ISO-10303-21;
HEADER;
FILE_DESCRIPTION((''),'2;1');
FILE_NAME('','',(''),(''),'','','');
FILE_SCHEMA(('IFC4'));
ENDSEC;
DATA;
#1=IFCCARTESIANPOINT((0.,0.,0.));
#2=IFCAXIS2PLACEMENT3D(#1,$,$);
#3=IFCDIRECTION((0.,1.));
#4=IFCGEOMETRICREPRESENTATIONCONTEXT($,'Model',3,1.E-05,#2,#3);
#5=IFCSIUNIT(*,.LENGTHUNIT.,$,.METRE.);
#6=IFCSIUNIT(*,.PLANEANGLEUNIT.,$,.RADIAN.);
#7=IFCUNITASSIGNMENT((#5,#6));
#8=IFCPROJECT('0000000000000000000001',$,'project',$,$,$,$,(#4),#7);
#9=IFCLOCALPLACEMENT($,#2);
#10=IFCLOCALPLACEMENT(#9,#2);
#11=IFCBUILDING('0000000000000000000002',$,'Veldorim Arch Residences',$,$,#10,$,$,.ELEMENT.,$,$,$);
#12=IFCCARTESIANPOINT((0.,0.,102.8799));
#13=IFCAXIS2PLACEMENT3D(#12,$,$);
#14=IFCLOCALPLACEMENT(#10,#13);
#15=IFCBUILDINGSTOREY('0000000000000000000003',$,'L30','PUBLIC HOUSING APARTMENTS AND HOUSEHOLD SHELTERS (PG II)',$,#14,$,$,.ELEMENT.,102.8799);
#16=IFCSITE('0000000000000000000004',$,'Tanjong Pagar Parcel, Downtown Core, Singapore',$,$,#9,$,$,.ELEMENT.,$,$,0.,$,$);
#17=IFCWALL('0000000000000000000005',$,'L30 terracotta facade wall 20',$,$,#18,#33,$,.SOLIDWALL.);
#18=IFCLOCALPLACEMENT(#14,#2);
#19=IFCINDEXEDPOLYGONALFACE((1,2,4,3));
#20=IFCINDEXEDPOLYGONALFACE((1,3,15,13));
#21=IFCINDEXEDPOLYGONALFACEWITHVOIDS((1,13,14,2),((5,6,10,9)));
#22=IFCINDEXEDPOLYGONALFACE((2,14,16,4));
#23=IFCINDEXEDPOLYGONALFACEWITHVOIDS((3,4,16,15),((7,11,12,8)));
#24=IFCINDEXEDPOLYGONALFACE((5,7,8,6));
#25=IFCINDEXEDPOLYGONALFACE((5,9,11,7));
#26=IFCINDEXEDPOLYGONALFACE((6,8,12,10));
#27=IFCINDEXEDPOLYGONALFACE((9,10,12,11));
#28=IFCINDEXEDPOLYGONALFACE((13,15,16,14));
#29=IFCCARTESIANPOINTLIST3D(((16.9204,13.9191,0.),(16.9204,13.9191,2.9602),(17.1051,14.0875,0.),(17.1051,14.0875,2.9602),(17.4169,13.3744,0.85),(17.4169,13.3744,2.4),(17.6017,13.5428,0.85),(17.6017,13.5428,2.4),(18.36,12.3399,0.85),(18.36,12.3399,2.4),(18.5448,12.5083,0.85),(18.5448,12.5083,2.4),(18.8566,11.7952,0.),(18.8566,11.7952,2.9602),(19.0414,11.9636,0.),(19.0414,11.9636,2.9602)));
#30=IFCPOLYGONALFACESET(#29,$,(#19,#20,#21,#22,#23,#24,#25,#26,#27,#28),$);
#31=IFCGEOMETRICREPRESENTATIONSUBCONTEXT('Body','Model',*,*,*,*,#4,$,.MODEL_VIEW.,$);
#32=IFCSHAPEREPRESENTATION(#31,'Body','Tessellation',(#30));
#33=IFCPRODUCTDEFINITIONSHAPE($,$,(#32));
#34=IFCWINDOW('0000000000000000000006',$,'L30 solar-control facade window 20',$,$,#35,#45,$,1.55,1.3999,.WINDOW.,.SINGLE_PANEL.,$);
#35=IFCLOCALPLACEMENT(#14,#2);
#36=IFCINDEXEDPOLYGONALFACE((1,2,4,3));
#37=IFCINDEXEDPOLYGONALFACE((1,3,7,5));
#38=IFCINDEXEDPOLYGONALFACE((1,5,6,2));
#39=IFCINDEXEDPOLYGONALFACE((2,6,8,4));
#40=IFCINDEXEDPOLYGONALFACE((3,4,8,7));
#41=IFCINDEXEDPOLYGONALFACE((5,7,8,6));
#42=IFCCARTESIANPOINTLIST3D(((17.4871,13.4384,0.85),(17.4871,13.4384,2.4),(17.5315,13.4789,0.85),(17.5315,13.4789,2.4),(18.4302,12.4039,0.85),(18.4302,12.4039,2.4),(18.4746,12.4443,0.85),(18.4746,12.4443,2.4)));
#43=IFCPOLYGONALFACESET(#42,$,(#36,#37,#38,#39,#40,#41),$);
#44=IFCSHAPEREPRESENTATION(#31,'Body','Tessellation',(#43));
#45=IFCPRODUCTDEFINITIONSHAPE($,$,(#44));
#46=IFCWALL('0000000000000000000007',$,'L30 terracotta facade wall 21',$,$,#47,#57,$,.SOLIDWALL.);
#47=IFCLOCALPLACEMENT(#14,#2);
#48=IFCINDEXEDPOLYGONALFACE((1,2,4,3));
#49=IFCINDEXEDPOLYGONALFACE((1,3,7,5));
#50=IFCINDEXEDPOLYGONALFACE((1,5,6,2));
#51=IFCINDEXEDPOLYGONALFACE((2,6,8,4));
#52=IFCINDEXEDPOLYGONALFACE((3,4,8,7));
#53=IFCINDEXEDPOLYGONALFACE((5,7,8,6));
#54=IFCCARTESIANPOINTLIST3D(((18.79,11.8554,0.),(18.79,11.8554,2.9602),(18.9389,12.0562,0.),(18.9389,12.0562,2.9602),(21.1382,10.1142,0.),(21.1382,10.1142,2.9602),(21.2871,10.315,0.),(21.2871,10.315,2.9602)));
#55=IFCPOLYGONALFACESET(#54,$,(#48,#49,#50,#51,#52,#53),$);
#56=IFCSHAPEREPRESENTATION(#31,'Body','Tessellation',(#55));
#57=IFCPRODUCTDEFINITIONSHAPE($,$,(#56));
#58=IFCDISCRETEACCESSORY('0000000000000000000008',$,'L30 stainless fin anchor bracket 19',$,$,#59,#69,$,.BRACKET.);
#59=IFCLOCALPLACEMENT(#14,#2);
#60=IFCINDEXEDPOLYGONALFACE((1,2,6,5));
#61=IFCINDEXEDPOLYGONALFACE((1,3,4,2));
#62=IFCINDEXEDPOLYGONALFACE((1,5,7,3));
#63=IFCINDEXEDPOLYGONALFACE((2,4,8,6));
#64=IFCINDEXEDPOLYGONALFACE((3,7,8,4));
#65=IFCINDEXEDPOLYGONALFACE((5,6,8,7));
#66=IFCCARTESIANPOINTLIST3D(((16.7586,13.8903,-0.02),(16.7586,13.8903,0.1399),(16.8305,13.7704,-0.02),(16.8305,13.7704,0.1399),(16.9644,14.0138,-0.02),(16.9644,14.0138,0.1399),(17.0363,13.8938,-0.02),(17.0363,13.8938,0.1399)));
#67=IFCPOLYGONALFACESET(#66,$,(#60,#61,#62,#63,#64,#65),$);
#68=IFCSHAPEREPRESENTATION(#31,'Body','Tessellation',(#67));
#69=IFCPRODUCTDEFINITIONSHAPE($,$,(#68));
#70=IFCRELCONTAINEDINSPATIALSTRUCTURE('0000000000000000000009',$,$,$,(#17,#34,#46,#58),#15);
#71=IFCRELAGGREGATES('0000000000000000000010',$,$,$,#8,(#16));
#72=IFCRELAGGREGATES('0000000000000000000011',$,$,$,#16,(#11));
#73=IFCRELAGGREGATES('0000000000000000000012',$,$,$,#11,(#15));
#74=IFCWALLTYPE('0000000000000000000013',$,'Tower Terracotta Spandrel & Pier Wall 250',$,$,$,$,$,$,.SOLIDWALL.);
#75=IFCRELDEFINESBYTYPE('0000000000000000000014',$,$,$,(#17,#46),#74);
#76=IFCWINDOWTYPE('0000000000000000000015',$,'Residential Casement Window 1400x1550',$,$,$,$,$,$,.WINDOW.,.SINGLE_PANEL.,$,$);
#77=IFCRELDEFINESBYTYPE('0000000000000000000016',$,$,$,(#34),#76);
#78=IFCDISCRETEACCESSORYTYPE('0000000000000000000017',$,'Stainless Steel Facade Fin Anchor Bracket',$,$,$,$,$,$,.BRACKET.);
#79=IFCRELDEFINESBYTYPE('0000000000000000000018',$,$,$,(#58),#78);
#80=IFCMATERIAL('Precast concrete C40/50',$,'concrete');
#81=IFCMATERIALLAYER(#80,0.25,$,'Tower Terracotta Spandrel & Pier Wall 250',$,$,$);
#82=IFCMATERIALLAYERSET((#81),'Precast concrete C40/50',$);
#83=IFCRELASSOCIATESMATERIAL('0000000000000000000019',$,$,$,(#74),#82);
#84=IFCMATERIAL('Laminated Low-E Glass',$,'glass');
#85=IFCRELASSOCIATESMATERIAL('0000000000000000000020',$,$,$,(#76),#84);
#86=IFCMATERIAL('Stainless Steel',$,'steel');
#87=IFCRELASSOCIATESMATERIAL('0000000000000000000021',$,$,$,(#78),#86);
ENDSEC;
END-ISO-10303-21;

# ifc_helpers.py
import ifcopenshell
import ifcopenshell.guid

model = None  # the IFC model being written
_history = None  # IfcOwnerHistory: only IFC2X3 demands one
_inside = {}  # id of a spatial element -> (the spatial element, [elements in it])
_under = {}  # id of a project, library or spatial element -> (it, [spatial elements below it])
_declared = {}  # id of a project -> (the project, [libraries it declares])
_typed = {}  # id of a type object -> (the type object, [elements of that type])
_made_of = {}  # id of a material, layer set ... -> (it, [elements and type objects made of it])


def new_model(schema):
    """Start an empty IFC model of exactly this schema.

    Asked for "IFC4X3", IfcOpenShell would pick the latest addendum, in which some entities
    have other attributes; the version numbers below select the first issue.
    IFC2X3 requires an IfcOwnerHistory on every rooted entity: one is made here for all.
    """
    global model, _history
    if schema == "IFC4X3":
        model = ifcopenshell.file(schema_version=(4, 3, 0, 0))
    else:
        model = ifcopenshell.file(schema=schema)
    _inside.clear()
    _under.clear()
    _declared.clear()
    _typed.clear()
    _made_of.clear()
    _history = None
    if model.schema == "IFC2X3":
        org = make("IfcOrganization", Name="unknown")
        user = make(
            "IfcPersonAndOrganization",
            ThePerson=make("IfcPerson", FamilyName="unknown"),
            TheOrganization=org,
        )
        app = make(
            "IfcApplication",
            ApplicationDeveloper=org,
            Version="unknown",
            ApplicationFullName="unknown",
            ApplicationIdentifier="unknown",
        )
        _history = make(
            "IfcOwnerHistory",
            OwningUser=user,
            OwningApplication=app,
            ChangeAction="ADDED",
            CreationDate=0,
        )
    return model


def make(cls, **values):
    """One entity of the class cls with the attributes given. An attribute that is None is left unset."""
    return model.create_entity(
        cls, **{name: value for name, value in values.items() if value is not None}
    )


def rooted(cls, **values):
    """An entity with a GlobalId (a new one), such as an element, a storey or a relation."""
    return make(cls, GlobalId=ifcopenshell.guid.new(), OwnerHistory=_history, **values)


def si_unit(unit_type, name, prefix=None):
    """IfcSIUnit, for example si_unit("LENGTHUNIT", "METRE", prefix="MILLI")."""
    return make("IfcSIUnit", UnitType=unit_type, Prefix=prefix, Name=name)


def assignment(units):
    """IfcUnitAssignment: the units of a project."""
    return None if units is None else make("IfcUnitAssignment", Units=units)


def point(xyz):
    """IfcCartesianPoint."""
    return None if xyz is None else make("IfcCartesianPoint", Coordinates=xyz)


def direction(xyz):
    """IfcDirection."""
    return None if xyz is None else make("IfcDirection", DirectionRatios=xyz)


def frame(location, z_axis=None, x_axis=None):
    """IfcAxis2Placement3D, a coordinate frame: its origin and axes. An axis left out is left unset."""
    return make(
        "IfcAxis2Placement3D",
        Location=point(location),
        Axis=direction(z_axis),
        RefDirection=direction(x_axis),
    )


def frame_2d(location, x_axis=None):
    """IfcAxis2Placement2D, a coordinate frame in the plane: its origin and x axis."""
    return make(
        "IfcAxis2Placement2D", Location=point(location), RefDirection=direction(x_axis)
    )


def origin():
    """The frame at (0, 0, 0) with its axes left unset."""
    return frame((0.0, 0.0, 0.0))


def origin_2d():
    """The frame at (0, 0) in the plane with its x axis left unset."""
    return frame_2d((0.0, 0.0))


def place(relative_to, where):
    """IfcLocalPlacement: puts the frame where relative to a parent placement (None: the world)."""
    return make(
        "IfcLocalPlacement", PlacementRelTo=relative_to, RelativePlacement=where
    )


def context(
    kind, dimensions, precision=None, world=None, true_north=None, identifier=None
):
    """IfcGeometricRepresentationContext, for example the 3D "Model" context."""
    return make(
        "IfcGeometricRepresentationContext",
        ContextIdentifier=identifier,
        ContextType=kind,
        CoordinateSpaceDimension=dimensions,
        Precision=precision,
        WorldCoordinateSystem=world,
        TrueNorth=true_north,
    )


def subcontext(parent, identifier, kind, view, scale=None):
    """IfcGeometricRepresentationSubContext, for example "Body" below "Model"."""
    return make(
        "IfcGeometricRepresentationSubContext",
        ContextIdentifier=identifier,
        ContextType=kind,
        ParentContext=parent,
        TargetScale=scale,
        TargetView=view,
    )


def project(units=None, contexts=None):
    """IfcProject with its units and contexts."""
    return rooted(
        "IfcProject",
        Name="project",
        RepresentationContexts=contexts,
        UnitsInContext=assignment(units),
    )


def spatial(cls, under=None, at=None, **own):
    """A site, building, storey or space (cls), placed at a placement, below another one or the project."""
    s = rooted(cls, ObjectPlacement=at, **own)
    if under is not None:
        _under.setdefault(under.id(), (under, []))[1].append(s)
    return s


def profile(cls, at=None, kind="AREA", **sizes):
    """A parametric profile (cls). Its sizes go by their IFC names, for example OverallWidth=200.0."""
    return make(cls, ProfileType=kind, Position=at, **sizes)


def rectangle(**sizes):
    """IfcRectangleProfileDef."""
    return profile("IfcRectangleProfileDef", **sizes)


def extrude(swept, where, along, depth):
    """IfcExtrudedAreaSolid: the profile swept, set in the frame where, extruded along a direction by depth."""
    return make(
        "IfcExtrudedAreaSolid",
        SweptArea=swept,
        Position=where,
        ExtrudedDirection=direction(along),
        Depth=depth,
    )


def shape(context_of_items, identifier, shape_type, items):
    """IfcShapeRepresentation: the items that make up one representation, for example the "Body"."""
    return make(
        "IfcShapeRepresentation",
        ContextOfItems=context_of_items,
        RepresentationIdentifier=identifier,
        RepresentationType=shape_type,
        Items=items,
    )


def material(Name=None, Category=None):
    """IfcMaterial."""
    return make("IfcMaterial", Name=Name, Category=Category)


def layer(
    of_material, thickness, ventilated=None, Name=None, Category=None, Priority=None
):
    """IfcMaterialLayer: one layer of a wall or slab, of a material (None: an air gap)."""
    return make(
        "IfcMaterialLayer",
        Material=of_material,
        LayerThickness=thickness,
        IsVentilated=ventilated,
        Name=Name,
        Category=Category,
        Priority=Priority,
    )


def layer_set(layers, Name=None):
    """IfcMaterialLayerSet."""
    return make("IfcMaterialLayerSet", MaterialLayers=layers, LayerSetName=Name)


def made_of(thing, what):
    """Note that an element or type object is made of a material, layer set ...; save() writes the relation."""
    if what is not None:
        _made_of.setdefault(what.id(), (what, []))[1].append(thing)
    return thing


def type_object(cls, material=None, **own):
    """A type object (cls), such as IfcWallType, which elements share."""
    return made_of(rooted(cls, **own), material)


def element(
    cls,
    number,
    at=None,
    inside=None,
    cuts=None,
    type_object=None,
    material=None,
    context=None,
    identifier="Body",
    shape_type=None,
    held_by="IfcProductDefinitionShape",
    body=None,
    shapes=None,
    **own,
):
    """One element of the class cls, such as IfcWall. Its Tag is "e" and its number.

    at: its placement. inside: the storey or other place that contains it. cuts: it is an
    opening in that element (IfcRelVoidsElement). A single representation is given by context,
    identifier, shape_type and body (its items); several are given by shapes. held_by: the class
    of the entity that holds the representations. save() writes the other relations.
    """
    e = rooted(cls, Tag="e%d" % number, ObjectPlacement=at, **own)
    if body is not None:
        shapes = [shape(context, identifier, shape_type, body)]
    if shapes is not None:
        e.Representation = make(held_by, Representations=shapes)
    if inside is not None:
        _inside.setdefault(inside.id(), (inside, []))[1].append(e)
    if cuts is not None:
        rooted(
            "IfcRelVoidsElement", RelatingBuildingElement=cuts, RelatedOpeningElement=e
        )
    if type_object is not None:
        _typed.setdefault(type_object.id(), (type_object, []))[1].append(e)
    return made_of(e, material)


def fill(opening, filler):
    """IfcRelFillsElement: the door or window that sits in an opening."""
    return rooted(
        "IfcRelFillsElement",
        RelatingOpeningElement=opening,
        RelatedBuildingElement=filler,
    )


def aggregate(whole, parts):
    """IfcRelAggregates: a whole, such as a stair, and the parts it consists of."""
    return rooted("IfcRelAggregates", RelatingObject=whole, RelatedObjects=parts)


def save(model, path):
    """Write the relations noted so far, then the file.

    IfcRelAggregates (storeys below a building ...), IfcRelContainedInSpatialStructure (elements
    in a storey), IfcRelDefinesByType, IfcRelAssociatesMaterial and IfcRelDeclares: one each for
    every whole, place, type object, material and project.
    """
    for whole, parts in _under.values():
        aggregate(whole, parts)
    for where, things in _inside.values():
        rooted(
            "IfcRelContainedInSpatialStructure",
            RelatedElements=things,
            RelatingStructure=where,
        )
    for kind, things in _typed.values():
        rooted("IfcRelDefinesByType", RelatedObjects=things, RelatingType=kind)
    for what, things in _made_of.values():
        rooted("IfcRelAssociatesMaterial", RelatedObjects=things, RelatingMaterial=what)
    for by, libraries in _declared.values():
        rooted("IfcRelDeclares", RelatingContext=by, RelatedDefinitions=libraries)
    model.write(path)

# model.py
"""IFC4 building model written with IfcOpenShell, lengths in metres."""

from ifc_helpers import new_model, si_unit, direction, frame, frame_2d, origin, origin_2d, place, context, subcontext, project, spatial, rectangle, extrude, material, layer, layer_set, type_object, element, fill, save


model = new_model("IFC4")

# Units and contexts
model_context = context("Model", 3, precision=1e-05, world=origin(), true_north=direction((0.0, 1.0)))
body_context = subcontext(model_context, "Body", "Model", "MODEL_VIEW")
ifc_project = project(units=[si_unit("LENGTHUNIT", "METRE"), si_unit("PLANEANGLEUNIT", "RADIAN")], contexts=[model_context])

# Site, building, storey
site_placement = place(None, origin())
site = spatial("IfcSite", under=ifc_project, at=site_placement, Name="Tanjong Pagar Parcel, Downtown Core, Singapore", CompositionType="ELEMENT", RefElevation=0.0)
building_placement = place(site_placement, origin())
building = spatial("IfcBuilding", under=site, at=building_placement, Name="Veldorim Arch Residences", CompositionType="ELEMENT")
storey_placement = place(building_placement, frame((0.0, 0.0, 102.8799)))
storey = spatial("IfcBuildingStorey", under=building, at=storey_placement, Name="L30", Description="PUBLIC HOUSING APARTMENTS AND HOUSEHOLD SHELTERS (PG II)", CompositionType="ELEMENT", Elevation=102.8799)

# Wall, opening, window
ifc_material_1 = material(Name="Precast concrete C40/50", Category="concrete")
ifc_layer_1 = layer(ifc_material_1, 0.25, Name="Tower Terracotta Spandrel & Pier Wall 250")
ifc_layer_set_1 = layer_set([ifc_layer_1], Name="Precast concrete C40/50")
wall_type_1 = type_object("IfcWallType", Name="Tower Terracotta Spandrel & Pier Wall 250", PredefinedType="SOLIDWALL", material=ifc_layer_set_1)
wall_1_placement = place(storey_placement, frame((18.949, 11.8794, 0.0), z_axis=(0.0, 0.0, 1.0), x_axis=(-0.673691, 0.739013, 0.0)))
wall_1 = element("IfcWall", 1, at=wall_1_placement, inside=storey, type_object=wall_type_1, Name="L30 terracotta facade wall 20", PredefinedType="SOLIDWALL", context=body_context, shape_type="SweptSolid", body=[
    extrude(rectangle(XDim=2.874, YDim=0.25, at=frame_2d((1.437, 0.0))), origin(), (0.0, 0.0, 1.0), 2.9602),
])
opening_1_placement = place(wall_1_placement, frame((0.7371, 0.0, 0.8501)))
opening_1 = element("IfcOpeningElement", 2, at=opening_1_placement, cuts=wall_1, PredefinedType="OPENING", context=body_context, shape_type="SweptSolid", body=[
    extrude(rectangle(XDim=1.3999, YDim=1.55, at=frame_2d((0.7, 0.7749))), frame((0.0, 0.135, 0.0), z_axis=(0.0, -1.0, 0.0), x_axis=(1.0, 0.0, 0.0)), (0.0, 0.0, 1.0), 0.27),
])
ifc_material_2 = material(Name="Laminated Low-E Glass", Category="glass")
window_type = type_object("IfcWindowType", Name="Residential Casement Window 1400x1550", PartitioningType="SINGLE_PANEL", PredefinedType="WINDOW", material=ifc_material_2)
window_placement = place(opening_1_placement, origin())
window = element("IfcWindow", 3, at=window_placement, inside=storey, type_object=window_type, Name="L30 solar-control facade window 20", OverallHeight=1.55, OverallWidth=1.3999, PartitioningType="SINGLE_PANEL", PredefinedType="WINDOW", context=body_context, shape_type="SweptSolid", body=[
    extrude(rectangle(XDim=1.3999, YDim=1.55, at=frame_2d((0.7, 0.7749))), frame((0.0, 0.03, 0.0), z_axis=(0.0, -1.0, 0.0), x_axis=(1.0, 0.0, 0.0)), (0.0, 0.0, 1.0), 0.0601),
])
fill(opening_1, window)

# Wall
wall_2_placement = place(storey_placement, frame((21.2126, 10.2146, 0.0), z_axis=(0.0, 0.0, 1.0), x_axis=(-0.803255, 0.595635, 0.0)))
element("IfcWall", 4, at=wall_2_placement, inside=storey, type_object=wall_type_1, Name="L30 terracotta facade wall 21", PredefinedType="SOLIDWALL", context=body_context, shape_type="SweptSolid", body=[
    extrude(rectangle(XDim=2.9233, YDim=0.25, at=frame_2d((1.4617, 0.0))), origin(), (0.0, 0.0, 1.0), 2.9602),
])

# Discrete accessory
ifc_material_3 = material(Name="Stainless Steel", Category="steel")
discrete_accessory_type = type_object("IfcDiscreteAccessoryType", Name="Stainless Steel Facade Fin Anchor Bracket", PredefinedType="BRACKET", material=ifc_material_3)
discrete_accessory_placement = place(storey_placement, frame((16.8975, 13.8921, -0.02), z_axis=(0.0, 0.0, 1.0), x_axis=(-0.51444, 0.857527, 0.0)))
element("IfcDiscreteAccessory", 5, at=discrete_accessory_placement, inside=storey, type_object=discrete_accessory_type, Name="L30 stainless fin anchor bracket 19", PredefinedType="BRACKET", context=body_context, shape_type="SweptSolid", body=[
    extrude(rectangle(XDim=0.1399, YDim=0.24, at=origin_2d()), origin(), (0.0, 0.0, 1.0), 0.1599),
])

save(model, "model.ifc")
